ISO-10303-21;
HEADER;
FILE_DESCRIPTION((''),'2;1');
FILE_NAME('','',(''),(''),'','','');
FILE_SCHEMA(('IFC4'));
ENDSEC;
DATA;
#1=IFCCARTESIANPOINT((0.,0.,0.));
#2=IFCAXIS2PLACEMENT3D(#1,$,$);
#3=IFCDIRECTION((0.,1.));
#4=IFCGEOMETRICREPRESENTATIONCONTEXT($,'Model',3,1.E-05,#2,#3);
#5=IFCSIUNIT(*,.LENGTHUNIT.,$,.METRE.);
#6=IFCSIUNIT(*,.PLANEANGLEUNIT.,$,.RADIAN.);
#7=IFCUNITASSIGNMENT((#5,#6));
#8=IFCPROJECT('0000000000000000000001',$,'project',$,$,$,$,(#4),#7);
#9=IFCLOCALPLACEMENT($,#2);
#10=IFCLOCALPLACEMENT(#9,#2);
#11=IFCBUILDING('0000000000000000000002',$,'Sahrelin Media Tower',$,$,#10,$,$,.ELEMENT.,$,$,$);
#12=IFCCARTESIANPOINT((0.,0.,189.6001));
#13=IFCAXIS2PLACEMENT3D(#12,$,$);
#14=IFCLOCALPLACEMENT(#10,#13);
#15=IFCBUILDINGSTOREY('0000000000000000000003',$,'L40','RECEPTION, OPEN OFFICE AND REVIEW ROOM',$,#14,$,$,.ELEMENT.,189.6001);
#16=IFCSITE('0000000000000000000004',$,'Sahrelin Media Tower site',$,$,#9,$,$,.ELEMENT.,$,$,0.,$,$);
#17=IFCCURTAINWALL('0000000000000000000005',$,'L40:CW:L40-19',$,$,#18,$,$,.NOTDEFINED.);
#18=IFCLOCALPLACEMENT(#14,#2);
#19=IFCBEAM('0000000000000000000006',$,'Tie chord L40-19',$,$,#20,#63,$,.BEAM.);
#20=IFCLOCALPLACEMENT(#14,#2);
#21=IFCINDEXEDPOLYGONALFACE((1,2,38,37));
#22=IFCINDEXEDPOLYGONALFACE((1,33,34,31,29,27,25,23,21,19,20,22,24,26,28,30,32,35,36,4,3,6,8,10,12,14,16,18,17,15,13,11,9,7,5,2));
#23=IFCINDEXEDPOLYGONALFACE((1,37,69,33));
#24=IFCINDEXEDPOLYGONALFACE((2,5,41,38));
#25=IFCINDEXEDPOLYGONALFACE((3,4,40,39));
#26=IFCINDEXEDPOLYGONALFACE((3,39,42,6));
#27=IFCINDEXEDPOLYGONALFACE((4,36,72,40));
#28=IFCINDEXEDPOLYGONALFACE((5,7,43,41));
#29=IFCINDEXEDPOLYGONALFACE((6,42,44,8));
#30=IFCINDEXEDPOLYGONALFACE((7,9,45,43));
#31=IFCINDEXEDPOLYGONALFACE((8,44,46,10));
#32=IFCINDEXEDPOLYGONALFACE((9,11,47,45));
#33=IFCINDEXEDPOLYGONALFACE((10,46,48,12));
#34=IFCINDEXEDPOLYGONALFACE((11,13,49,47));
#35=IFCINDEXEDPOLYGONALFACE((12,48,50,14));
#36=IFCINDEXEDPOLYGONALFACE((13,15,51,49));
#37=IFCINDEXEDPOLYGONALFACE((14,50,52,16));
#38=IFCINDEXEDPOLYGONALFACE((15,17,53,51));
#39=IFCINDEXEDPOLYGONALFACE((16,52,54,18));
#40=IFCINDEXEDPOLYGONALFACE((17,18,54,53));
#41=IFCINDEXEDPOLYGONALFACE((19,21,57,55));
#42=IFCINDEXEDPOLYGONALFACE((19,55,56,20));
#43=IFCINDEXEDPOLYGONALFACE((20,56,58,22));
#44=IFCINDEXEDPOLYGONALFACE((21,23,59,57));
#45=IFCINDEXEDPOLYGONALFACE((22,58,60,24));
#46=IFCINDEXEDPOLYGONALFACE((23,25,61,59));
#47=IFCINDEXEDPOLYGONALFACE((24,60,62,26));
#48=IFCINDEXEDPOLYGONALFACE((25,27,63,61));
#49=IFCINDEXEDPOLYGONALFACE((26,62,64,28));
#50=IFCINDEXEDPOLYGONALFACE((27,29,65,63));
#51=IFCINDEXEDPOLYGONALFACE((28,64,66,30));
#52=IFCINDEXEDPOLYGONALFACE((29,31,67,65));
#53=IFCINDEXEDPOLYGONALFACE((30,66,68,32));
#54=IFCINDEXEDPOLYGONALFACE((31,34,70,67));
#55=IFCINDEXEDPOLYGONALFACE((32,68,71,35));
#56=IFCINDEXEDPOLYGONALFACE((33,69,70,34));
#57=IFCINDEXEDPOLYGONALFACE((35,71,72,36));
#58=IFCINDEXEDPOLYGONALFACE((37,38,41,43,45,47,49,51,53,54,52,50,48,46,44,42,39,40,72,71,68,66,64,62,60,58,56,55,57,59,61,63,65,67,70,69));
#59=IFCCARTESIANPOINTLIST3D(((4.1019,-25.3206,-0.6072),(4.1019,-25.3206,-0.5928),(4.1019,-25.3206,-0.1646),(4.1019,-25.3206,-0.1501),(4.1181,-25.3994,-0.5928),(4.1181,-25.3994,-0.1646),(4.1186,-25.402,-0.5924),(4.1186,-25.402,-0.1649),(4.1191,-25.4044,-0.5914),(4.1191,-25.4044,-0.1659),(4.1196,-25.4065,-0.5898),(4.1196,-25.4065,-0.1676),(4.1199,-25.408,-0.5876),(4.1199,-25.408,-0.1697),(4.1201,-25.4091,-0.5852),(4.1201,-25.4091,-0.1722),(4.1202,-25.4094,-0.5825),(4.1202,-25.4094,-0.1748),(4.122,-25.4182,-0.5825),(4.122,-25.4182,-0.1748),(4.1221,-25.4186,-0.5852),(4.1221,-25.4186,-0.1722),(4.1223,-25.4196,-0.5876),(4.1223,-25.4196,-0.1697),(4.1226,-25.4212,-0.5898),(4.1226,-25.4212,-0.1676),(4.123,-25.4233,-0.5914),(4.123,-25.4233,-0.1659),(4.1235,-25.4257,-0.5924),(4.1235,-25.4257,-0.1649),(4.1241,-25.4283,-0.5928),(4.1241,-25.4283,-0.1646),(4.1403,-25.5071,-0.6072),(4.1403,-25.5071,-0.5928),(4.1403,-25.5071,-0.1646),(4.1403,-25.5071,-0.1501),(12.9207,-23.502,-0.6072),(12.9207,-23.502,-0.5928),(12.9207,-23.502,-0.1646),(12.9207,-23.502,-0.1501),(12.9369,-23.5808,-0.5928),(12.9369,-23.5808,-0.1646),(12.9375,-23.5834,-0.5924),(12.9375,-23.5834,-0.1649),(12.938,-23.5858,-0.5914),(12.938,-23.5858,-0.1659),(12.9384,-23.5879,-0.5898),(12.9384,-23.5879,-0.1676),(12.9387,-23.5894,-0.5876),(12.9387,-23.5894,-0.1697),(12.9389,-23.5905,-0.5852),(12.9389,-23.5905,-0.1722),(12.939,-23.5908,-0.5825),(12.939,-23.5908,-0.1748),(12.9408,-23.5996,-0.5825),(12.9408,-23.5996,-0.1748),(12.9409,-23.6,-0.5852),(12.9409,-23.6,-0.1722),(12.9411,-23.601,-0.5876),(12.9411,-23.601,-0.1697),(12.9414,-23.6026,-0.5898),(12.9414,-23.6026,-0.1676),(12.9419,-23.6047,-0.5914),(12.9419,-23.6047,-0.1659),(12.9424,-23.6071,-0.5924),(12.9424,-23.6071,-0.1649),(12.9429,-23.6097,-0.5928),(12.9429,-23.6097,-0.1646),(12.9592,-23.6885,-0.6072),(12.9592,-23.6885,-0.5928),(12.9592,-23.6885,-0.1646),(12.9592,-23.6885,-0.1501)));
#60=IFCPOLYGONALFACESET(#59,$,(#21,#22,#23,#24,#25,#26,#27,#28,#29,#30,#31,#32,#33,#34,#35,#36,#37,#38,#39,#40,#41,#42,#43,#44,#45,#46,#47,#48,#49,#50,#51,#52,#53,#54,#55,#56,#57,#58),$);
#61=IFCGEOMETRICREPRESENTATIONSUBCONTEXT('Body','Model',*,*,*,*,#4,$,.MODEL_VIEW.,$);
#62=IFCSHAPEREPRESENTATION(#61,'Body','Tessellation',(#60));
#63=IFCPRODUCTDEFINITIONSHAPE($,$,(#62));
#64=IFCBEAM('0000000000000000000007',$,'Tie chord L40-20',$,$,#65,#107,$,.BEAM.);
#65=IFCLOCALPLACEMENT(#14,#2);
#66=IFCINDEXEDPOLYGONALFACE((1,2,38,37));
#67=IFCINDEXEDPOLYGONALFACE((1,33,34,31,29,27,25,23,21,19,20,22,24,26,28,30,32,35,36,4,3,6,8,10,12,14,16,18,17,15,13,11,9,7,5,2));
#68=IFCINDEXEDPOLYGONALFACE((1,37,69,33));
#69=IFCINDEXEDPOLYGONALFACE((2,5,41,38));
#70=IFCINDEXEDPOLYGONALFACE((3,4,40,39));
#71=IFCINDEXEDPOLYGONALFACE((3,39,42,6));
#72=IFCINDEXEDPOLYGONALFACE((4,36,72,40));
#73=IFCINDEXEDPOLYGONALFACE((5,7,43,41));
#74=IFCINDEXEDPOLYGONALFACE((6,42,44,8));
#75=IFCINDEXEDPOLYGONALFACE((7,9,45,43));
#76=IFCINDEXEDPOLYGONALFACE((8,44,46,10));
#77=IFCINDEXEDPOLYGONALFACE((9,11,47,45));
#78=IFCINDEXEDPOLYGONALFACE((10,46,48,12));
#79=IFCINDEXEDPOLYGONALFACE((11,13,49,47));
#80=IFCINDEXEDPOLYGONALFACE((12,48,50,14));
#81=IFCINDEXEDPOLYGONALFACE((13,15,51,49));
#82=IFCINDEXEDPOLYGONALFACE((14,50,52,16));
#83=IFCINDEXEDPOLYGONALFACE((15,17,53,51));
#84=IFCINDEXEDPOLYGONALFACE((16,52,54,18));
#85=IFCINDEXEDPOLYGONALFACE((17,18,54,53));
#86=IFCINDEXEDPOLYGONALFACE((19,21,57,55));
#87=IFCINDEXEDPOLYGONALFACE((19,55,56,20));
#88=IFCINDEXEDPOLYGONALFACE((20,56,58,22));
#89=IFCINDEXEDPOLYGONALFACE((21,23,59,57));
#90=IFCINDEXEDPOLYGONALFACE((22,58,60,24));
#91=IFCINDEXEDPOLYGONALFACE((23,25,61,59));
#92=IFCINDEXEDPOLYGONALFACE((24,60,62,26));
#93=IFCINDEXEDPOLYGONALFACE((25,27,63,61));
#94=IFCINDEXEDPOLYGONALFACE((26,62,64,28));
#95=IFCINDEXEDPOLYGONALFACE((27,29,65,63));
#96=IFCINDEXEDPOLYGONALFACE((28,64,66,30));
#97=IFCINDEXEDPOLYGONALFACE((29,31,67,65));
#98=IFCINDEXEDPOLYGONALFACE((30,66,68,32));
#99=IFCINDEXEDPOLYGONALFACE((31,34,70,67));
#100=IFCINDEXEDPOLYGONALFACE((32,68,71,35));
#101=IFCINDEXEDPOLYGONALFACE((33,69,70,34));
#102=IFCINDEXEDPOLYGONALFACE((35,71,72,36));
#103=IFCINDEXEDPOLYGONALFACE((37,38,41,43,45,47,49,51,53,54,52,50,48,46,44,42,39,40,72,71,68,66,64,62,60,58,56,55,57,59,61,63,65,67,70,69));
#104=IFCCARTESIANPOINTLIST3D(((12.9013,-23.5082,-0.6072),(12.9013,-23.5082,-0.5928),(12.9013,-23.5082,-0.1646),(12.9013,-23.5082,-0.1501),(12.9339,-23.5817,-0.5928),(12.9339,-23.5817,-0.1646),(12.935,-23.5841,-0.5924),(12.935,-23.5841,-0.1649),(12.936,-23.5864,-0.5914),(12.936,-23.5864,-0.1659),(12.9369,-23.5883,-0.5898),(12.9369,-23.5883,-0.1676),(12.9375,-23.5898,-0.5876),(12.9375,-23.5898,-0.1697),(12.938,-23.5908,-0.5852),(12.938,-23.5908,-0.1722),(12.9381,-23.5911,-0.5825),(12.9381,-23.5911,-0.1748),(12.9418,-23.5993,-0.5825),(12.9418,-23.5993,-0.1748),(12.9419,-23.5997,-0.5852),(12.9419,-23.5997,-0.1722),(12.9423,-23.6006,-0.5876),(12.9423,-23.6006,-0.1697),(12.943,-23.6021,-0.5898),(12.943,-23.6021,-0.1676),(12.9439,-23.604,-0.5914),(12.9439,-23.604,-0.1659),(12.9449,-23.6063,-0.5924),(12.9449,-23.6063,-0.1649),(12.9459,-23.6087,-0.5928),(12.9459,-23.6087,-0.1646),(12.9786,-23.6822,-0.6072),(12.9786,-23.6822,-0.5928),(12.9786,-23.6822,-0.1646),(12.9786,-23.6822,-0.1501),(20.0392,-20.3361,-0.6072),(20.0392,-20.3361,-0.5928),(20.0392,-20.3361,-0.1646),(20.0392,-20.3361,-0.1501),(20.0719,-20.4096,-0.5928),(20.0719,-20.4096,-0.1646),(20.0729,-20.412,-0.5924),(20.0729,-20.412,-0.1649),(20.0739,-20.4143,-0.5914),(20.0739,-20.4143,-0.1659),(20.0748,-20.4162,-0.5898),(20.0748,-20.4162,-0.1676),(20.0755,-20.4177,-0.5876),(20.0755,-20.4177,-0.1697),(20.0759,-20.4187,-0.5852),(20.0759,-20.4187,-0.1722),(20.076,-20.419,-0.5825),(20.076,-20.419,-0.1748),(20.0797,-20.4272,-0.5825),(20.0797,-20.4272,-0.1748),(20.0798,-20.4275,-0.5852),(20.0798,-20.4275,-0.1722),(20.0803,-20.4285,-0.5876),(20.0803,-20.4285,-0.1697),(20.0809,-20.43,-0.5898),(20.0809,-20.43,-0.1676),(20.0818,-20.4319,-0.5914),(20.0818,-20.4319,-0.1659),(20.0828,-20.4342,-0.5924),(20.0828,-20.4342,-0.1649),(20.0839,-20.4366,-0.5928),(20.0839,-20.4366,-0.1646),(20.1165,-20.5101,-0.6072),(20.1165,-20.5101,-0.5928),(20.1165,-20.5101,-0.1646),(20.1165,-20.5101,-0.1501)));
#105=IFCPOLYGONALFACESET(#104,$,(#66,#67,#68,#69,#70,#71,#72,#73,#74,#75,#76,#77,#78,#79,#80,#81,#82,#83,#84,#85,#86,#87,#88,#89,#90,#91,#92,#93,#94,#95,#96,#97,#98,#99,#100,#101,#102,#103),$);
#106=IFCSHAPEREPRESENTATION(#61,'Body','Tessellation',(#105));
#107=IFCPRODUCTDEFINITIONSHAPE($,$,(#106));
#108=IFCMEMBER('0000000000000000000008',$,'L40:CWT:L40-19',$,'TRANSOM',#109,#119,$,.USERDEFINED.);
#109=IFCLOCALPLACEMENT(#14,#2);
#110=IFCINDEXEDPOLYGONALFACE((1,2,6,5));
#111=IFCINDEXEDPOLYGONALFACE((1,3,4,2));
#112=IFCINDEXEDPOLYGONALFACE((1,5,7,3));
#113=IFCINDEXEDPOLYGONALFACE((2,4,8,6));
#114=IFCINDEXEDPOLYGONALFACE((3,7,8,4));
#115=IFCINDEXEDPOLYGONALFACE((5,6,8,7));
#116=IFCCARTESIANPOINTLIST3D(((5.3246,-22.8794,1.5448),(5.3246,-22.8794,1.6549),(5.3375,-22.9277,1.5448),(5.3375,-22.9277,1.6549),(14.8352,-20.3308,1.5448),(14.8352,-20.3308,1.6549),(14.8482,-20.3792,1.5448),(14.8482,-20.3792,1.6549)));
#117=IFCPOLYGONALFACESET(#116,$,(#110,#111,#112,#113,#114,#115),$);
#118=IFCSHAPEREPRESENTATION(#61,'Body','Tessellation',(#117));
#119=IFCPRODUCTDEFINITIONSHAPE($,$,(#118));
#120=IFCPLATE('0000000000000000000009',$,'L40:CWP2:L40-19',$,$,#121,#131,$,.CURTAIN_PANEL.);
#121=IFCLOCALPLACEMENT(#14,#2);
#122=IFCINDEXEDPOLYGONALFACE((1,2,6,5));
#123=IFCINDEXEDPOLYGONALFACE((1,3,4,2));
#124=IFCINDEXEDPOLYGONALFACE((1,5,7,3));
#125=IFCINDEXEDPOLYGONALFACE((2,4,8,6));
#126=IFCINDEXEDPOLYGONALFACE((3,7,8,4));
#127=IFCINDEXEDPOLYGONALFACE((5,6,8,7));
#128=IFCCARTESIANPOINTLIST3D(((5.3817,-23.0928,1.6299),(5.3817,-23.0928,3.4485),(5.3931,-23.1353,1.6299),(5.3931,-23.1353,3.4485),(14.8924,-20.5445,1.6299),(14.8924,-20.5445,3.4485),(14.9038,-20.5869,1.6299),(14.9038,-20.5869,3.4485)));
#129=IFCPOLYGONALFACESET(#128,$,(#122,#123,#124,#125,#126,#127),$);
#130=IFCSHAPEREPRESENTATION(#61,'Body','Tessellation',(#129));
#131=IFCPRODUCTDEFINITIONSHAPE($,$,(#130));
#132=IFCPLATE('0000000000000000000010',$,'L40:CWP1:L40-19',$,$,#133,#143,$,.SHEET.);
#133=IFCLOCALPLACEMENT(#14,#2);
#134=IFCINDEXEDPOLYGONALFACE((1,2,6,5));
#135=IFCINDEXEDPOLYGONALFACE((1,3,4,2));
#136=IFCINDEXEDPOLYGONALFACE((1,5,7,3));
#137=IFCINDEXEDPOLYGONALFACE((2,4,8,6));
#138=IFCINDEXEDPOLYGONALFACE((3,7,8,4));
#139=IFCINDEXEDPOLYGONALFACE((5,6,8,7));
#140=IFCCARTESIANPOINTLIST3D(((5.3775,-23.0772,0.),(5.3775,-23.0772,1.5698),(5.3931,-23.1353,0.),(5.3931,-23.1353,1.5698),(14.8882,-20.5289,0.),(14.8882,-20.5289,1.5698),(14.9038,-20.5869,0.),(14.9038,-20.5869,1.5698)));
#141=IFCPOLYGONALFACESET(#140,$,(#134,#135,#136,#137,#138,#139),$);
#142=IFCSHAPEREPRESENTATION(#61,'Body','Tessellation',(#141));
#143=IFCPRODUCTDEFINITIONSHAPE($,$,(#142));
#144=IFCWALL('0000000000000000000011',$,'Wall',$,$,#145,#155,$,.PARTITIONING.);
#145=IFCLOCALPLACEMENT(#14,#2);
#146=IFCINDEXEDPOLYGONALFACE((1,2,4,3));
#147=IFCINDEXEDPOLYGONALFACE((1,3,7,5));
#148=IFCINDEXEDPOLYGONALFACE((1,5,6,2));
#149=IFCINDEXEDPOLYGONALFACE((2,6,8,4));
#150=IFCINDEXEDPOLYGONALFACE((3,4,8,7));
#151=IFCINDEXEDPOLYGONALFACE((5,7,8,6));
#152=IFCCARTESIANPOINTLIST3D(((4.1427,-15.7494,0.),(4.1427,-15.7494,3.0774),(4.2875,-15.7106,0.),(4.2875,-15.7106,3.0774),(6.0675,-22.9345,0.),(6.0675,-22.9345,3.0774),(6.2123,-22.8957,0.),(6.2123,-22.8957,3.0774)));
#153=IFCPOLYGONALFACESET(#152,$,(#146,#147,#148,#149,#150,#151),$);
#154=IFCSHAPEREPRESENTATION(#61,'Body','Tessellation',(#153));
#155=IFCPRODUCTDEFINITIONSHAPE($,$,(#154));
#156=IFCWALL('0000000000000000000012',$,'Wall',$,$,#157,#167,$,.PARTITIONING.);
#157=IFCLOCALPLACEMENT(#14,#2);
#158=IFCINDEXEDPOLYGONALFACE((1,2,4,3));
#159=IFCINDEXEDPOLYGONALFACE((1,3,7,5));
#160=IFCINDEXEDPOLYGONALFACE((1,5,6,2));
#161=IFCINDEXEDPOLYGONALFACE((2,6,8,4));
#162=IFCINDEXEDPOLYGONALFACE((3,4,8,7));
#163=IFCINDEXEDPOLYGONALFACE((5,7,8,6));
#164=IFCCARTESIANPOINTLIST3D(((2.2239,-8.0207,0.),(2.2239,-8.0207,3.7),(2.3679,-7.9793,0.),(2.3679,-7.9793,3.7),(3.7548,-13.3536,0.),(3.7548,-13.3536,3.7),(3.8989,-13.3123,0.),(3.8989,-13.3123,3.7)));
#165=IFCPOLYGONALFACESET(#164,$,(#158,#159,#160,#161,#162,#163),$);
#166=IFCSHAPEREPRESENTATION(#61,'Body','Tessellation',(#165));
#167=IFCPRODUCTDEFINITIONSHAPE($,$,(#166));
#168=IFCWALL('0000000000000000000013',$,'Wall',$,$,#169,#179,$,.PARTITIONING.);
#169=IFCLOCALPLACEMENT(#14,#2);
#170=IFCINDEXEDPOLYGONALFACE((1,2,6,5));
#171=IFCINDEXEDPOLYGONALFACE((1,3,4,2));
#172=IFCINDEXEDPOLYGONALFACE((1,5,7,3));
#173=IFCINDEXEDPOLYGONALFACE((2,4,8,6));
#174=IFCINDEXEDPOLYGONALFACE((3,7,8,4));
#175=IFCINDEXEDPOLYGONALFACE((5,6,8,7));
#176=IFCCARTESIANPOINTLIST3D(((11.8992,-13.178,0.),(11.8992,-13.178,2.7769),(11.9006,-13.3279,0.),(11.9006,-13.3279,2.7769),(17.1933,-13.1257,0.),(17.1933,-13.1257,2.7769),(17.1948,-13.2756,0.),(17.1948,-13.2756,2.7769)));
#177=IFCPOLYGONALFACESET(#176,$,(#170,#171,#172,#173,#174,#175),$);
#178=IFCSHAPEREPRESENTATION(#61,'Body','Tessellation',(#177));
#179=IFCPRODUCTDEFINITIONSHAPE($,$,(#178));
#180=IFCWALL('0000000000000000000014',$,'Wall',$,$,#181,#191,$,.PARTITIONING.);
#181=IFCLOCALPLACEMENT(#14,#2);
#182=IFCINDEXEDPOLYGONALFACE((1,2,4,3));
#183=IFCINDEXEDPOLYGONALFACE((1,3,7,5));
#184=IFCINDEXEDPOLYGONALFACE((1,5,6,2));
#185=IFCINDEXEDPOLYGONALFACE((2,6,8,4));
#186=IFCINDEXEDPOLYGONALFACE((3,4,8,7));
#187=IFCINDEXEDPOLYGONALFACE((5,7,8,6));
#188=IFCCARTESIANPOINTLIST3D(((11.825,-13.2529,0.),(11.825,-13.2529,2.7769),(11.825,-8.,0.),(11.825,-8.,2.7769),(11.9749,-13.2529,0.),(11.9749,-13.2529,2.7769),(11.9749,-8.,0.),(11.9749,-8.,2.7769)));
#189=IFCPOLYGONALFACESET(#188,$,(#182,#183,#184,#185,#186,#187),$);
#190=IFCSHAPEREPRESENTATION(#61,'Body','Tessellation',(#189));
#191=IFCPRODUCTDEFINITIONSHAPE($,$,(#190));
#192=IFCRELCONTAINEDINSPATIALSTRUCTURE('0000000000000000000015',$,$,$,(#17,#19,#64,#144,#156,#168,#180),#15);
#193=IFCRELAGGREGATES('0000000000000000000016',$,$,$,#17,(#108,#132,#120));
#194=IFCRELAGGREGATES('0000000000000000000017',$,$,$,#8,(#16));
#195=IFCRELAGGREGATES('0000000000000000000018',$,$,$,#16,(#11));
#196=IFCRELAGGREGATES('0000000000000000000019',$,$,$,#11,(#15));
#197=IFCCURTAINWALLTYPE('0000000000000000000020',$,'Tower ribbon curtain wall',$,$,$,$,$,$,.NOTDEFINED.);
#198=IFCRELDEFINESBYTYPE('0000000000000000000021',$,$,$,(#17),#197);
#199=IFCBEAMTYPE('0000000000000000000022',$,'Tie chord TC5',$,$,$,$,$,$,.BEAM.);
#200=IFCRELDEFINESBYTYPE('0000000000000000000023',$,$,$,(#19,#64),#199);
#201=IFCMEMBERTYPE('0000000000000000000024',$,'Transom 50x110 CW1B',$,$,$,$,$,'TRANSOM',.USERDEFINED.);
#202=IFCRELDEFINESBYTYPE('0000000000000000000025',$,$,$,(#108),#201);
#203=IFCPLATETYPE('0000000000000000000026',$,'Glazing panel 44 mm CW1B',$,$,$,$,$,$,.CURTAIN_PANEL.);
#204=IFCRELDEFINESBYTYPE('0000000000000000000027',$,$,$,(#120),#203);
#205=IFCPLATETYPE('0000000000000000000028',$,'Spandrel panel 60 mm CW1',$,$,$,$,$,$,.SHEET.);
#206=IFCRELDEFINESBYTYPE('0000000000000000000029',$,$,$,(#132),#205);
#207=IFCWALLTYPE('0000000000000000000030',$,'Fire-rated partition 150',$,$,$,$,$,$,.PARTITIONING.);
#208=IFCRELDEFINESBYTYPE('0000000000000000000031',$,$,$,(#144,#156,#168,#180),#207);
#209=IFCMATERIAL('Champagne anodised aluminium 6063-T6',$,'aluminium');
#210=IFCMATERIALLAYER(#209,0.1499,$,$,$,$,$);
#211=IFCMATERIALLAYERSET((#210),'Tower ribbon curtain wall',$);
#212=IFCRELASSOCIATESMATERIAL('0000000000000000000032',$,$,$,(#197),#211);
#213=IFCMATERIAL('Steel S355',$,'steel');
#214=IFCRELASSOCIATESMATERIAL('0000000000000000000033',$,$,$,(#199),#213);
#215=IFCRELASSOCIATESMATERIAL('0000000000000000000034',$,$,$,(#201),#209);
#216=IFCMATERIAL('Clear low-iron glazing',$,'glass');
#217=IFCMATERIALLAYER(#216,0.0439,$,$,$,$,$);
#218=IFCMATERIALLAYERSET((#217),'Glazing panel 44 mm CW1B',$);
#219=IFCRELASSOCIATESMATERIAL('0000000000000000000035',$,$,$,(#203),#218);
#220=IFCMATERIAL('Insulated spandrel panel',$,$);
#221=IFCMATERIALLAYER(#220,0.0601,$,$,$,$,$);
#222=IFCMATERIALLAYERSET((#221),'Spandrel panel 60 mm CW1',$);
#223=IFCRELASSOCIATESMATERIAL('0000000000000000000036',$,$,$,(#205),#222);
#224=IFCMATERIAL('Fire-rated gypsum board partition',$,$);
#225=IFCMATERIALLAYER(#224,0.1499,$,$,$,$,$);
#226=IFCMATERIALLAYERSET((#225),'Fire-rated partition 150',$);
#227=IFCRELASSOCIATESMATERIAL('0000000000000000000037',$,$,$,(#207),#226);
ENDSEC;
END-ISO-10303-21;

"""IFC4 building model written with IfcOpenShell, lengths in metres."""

from ifc_helpers import new_model, si_unit, direction, frame, frame_2d, origin, origin_2d, place, context, subcontext, project, spatial, polyline, rectangle, i_section, outline, extrude, material, layer, layer_set, material_profile, profile_set, type_object, element, aggregate, save


model = new_model("IFC4")

# Units and contexts
model_context = context("Model", 3, precision=1e-05, world=origin(), true_north=direction((0.0, 1.0)))
body_context = subcontext(model_context, "Body", "Model", "MODEL_VIEW")
ifc_project = project(units=[si_unit("LENGTHUNIT", "METRE"), si_unit("PLANEANGLEUNIT", "RADIAN")], contexts=[model_context])

# Site, building, storey
site_placement = place(None, origin())
site = spatial("IfcSite", under=ifc_project, at=site_placement, Name="Sahrelin Media Tower site", CompositionType="ELEMENT", RefElevation=0.0)
building_placement = place(site_placement, origin())
building = spatial("IfcBuilding", under=site, at=building_placement, Name="Sahrelin Media Tower", CompositionType="ELEMENT")
storey_placement = place(building_placement, frame((0.0, 0.0, 189.6001)))
storey = spatial("IfcBuildingStorey", under=building, at=storey_placement, Name="L40", Description="RECEPTION, OPEN OFFICE AND REVIEW ROOM", CompositionType="ELEMENT", Elevation=189.6001)

# Shared definitions
ifc_material_1 = material(Name="Steel S355", Category="steel")

# Curtain wall
ifc_material_2 = material(Name="Champagne anodised aluminium 6063-T6", Category="aluminium")
ifc_layer_1 = layer(ifc_material_2, 0.1499)
ifc_layer_set_1 = layer_set([ifc_layer_1], Name="Tower ribbon curtain wall")
curtain_wall_type = type_object("IfcCurtainWallType", Name="Tower ribbon curtain wall", PredefinedType="NOTDEFINED", material=ifc_layer_set_1)
curtain_wall_1_placement = place(storey_placement, frame((10.1433, -21.8418, 0.0), z_axis=(0.0, 0.0, 1.0), x_axis=(1.0, 0.0, 0.0)))
curtain_wall_1 = element("IfcCurtainWall", 1, at=curtain_wall_1_placement, inside=storey, type_object=curtain_wall_type, Name="L40:CW:L40-19", PredefinedType="NOTDEFINED")

# Beams
ifc_material_profile_1 = material_profile(ifc_material_1, i_section(OverallWidth=0.1904, OverallDepth=0.457, WebThickness=0.009, FlangeThickness=0.0144, FilletRadius=0.0103, at=origin_2d()), Name="UB 457x191x74")
ifc_profile_set_1 = profile_set([ifc_material_profile_1], Name="Steel S355")
beam_type_1 = type_object("IfcBeamType", Name="Tie chord TC5", PredefinedType="BEAM", material=ifc_profile_set_1)
beam_1_placement = place(storey_placement, frame((4.1211, -25.4138, -0.3787), z_axis=(0.979392, 0.201968, 0.0), x_axis=(-0.201968, 0.979392, 0.0)))
element("IfcBeam", 2, at=beam_1_placement, inside=storey, type_object=beam_type_1, Name="Tie chord L40-19", PredefinedType="BEAM", context=body_context, shape_type="SweptSolid", body=[
    extrude(i_section(OverallWidth=0.1904, OverallDepth=0.457, WebThickness=0.009, FlangeThickness=0.0144, FilletRadius=0.0103, at=origin_2d()), origin(), (0.0, 0.0, 1.0), 9.0044),
])
beam_2_placement = place(storey_placement, frame((12.9399, -23.5952, -0.3787), z_axis=(0.913826, 0.406107, 0.0), x_axis=(-0.406107, 0.913826, 0.0)))
element("IfcBeam", 3, at=beam_2_placement, inside=storey, type_object=beam_type_1, Name="Tie chord L40-20", PredefinedType="BEAM", context=body_context, shape_type="SweptSolid", body=[
    extrude(i_section(OverallWidth=0.1904, OverallDepth=0.457, WebThickness=0.009, FlangeThickness=0.0144, FilletRadius=0.0103, at=origin_2d()), origin(), (0.0, 0.0, 1.0), 7.811),
])

# Member
ifc_material_profile_2 = material_profile(ifc_material_2, rectangle(XDim=0.05, YDim=0.1101, at=origin_2d()), Name="Transom 50x110")
ifc_profile_set_2 = profile_set([ifc_material_profile_2], Name="Champagne anodised aluminium 6063-T6")
member_type_1 = type_object("IfcMemberType", Name="Transom 50x110 CW1B", ElementType="TRANSOM", PredefinedType="USERDEFINED", material=ifc_profile_set_2)
member_1_placement = place(storey_placement, frame((5.3311, -22.9036, 1.5999), z_axis=(0.965921, 0.258837, 0.0), x_axis=(-0.258837, 0.965921, 0.0)))
member_1 = element("IfcMember", 4, at=member_1_placement, type_object=member_type_1, Name="L40:CWT:L40-19", ObjectType="TRANSOM", PredefinedType="USERDEFINED", context=body_context, shape_type="SweptSolid", body=[
    extrude(rectangle(XDim=0.05, YDim=0.1101, at=origin_2d()), origin(), (0.0, 0.0, 1.0), 9.8462),
])

# Plates
ifc_material_3 = material(Name="Clear low-iron glazing", Category="glass")
ifc_layer_2 = layer(ifc_material_3, 0.0439)
ifc_layer_set_2 = layer_set([ifc_layer_2], Name="Glazing panel 44 mm CW1B")
plate_type_1 = type_object("IfcPlateType", Name="Glazing panel 44 mm CW1B", PredefinedType="CURTAIN_PANEL", material=ifc_layer_set_2)
plate_1_placement = place(storey_placement, frame((5.3931, -23.1353, 1.6299), z_axis=(0.258814, -0.965927, 0.0), x_axis=(0.965927, 0.258814, 0.0)))
plate_1 = element("IfcPlate", 5, at=plate_1_placement, type_object=plate_type_1, Name="L40:CWP2:L40-19", PredefinedType="CURTAIN_PANEL", context=body_context, shape_type="SweptSolid", body=[
    extrude(outline(polyline([(0.0, 0.0), (9.8462, 0.0), (9.8462, 1.8186), (0.0, 1.8186), (0.0, 0.0)])), origin(), (0.0, 0.0, -1.0), 0.0439),
])
ifc_material_4 = material(Name="Insulated spandrel panel")
ifc_layer_3 = layer(ifc_material_4, 0.0601)
ifc_layer_set_3 = layer_set([ifc_layer_3], Name="Spandrel panel 60 mm CW1")
plate_type_2 = type_object("IfcPlateType", Name="Spandrel panel 60 mm CW1", PredefinedType="SHEET", material=ifc_layer_set_3)
plate_2_placement = place(storey_placement, frame((5.3931, -23.1353, 0.0), z_axis=(0.258814, -0.965927, 0.0), x_axis=(0.965927, 0.258814, 0.0)))
plate_2 = element("IfcPlate", 6, at=plate_2_placement, type_object=plate_type_2, Name="L40:CWP1:L40-19", PredefinedType="SHEET", context=body_context, shape_type="SweptSolid", body=[
    extrude(outline(polyline([(0.0, 0.0), (9.8462, 0.0), (9.8462, 1.5698), (0.0, 1.5698), (0.0, 0.0)])), origin(), (0.0, 0.0, -1.0), 0.0601),
])
aggregate(curtain_wall_1, [member_1, plate_2, plate_1])

# Walls
ifc_material_5 = material(Name="Fire-rated gypsum board partition")
ifc_layer_4 = layer(ifc_material_5, 0.1499)
ifc_layer_set_4 = layer_set([ifc_layer_4], Name="Fire-rated partition 150")
wall_type_1 = type_object("IfcWallType", Name="Fire-rated partition 150", PredefinedType="PARTITIONING", material=ifc_layer_set_4)
wall_1_placement = place(storey_placement, frame((4.2151, -15.73, 0.0), z_axis=(0.0, 0.0, 1.0), x_axis=(0.258766, -0.96594, 0.0)))
element("IfcWall", 7, at=wall_1_placement, inside=storey, type_object=wall_type_1, Name="Wall", PredefinedType="PARTITIONING", context=body_context, shape_type="SweptSolid", body=[
    extrude(rectangle(XDim=7.4385, YDim=0.1499, at=frame_2d((3.7192, 0.0))), origin(), (0.0, 0.0, 1.0), 3.0774),
])
wall_2_placement = place(storey_placement, frame((2.2959, -8.0, 0.0), z_axis=(0.0, 0.0, 1.0), x_axis=(0.275936, -0.961176, 0.0)))
element("IfcWall", 8, at=wall_2_placement, inside=storey, type_object=wall_type_1, Name="Wall", PredefinedType="PARTITIONING", context=body_context, shape_type="SweptSolid", body=[
    extrude(rectangle(XDim=5.5483, YDim=0.1499, at=frame_2d((2.7742, 0.0))), origin(), (0.0, 0.0, 1.0), 3.7),
])
wall_3_placement = place(storey_placement, frame((11.8999, -13.2529, 0.0), z_axis=(0.0, 0.0, 1.0), x_axis=(0.999951, 0.009868, 0.0)))
element("IfcWall", 9, at=wall_3_placement, inside=storey, type_object=wall_type_1, Name="Wall", PredefinedType="PARTITIONING", context=body_context, shape_type="SweptSolid", body=[
    extrude(rectangle(XDim=5.2944, YDim=0.1499, at=frame_2d((2.6472, 0.0))), origin(), (0.0, 0.0, 1.0), 2.7769),
])
wall_4_placement = place(storey_placement, frame((11.8999, -13.2529, 0.0), z_axis=(0.0, 0.0, 1.0), x_axis=(0.0, 1.0, 0.0)))
element("IfcWall", 10, at=wall_4_placement, inside=storey, type_object=wall_type_1, Name="Wall", PredefinedType="PARTITIONING", context=body_context, shape_type="SweptSolid", body=[
    extrude(rectangle(XDim=5.2529, YDim=0.1499, at=frame_2d((2.6265, 0.0))), origin(), (0.0, 0.0, 1.0), 2.7769),
])

save(model, "model.ifc")
